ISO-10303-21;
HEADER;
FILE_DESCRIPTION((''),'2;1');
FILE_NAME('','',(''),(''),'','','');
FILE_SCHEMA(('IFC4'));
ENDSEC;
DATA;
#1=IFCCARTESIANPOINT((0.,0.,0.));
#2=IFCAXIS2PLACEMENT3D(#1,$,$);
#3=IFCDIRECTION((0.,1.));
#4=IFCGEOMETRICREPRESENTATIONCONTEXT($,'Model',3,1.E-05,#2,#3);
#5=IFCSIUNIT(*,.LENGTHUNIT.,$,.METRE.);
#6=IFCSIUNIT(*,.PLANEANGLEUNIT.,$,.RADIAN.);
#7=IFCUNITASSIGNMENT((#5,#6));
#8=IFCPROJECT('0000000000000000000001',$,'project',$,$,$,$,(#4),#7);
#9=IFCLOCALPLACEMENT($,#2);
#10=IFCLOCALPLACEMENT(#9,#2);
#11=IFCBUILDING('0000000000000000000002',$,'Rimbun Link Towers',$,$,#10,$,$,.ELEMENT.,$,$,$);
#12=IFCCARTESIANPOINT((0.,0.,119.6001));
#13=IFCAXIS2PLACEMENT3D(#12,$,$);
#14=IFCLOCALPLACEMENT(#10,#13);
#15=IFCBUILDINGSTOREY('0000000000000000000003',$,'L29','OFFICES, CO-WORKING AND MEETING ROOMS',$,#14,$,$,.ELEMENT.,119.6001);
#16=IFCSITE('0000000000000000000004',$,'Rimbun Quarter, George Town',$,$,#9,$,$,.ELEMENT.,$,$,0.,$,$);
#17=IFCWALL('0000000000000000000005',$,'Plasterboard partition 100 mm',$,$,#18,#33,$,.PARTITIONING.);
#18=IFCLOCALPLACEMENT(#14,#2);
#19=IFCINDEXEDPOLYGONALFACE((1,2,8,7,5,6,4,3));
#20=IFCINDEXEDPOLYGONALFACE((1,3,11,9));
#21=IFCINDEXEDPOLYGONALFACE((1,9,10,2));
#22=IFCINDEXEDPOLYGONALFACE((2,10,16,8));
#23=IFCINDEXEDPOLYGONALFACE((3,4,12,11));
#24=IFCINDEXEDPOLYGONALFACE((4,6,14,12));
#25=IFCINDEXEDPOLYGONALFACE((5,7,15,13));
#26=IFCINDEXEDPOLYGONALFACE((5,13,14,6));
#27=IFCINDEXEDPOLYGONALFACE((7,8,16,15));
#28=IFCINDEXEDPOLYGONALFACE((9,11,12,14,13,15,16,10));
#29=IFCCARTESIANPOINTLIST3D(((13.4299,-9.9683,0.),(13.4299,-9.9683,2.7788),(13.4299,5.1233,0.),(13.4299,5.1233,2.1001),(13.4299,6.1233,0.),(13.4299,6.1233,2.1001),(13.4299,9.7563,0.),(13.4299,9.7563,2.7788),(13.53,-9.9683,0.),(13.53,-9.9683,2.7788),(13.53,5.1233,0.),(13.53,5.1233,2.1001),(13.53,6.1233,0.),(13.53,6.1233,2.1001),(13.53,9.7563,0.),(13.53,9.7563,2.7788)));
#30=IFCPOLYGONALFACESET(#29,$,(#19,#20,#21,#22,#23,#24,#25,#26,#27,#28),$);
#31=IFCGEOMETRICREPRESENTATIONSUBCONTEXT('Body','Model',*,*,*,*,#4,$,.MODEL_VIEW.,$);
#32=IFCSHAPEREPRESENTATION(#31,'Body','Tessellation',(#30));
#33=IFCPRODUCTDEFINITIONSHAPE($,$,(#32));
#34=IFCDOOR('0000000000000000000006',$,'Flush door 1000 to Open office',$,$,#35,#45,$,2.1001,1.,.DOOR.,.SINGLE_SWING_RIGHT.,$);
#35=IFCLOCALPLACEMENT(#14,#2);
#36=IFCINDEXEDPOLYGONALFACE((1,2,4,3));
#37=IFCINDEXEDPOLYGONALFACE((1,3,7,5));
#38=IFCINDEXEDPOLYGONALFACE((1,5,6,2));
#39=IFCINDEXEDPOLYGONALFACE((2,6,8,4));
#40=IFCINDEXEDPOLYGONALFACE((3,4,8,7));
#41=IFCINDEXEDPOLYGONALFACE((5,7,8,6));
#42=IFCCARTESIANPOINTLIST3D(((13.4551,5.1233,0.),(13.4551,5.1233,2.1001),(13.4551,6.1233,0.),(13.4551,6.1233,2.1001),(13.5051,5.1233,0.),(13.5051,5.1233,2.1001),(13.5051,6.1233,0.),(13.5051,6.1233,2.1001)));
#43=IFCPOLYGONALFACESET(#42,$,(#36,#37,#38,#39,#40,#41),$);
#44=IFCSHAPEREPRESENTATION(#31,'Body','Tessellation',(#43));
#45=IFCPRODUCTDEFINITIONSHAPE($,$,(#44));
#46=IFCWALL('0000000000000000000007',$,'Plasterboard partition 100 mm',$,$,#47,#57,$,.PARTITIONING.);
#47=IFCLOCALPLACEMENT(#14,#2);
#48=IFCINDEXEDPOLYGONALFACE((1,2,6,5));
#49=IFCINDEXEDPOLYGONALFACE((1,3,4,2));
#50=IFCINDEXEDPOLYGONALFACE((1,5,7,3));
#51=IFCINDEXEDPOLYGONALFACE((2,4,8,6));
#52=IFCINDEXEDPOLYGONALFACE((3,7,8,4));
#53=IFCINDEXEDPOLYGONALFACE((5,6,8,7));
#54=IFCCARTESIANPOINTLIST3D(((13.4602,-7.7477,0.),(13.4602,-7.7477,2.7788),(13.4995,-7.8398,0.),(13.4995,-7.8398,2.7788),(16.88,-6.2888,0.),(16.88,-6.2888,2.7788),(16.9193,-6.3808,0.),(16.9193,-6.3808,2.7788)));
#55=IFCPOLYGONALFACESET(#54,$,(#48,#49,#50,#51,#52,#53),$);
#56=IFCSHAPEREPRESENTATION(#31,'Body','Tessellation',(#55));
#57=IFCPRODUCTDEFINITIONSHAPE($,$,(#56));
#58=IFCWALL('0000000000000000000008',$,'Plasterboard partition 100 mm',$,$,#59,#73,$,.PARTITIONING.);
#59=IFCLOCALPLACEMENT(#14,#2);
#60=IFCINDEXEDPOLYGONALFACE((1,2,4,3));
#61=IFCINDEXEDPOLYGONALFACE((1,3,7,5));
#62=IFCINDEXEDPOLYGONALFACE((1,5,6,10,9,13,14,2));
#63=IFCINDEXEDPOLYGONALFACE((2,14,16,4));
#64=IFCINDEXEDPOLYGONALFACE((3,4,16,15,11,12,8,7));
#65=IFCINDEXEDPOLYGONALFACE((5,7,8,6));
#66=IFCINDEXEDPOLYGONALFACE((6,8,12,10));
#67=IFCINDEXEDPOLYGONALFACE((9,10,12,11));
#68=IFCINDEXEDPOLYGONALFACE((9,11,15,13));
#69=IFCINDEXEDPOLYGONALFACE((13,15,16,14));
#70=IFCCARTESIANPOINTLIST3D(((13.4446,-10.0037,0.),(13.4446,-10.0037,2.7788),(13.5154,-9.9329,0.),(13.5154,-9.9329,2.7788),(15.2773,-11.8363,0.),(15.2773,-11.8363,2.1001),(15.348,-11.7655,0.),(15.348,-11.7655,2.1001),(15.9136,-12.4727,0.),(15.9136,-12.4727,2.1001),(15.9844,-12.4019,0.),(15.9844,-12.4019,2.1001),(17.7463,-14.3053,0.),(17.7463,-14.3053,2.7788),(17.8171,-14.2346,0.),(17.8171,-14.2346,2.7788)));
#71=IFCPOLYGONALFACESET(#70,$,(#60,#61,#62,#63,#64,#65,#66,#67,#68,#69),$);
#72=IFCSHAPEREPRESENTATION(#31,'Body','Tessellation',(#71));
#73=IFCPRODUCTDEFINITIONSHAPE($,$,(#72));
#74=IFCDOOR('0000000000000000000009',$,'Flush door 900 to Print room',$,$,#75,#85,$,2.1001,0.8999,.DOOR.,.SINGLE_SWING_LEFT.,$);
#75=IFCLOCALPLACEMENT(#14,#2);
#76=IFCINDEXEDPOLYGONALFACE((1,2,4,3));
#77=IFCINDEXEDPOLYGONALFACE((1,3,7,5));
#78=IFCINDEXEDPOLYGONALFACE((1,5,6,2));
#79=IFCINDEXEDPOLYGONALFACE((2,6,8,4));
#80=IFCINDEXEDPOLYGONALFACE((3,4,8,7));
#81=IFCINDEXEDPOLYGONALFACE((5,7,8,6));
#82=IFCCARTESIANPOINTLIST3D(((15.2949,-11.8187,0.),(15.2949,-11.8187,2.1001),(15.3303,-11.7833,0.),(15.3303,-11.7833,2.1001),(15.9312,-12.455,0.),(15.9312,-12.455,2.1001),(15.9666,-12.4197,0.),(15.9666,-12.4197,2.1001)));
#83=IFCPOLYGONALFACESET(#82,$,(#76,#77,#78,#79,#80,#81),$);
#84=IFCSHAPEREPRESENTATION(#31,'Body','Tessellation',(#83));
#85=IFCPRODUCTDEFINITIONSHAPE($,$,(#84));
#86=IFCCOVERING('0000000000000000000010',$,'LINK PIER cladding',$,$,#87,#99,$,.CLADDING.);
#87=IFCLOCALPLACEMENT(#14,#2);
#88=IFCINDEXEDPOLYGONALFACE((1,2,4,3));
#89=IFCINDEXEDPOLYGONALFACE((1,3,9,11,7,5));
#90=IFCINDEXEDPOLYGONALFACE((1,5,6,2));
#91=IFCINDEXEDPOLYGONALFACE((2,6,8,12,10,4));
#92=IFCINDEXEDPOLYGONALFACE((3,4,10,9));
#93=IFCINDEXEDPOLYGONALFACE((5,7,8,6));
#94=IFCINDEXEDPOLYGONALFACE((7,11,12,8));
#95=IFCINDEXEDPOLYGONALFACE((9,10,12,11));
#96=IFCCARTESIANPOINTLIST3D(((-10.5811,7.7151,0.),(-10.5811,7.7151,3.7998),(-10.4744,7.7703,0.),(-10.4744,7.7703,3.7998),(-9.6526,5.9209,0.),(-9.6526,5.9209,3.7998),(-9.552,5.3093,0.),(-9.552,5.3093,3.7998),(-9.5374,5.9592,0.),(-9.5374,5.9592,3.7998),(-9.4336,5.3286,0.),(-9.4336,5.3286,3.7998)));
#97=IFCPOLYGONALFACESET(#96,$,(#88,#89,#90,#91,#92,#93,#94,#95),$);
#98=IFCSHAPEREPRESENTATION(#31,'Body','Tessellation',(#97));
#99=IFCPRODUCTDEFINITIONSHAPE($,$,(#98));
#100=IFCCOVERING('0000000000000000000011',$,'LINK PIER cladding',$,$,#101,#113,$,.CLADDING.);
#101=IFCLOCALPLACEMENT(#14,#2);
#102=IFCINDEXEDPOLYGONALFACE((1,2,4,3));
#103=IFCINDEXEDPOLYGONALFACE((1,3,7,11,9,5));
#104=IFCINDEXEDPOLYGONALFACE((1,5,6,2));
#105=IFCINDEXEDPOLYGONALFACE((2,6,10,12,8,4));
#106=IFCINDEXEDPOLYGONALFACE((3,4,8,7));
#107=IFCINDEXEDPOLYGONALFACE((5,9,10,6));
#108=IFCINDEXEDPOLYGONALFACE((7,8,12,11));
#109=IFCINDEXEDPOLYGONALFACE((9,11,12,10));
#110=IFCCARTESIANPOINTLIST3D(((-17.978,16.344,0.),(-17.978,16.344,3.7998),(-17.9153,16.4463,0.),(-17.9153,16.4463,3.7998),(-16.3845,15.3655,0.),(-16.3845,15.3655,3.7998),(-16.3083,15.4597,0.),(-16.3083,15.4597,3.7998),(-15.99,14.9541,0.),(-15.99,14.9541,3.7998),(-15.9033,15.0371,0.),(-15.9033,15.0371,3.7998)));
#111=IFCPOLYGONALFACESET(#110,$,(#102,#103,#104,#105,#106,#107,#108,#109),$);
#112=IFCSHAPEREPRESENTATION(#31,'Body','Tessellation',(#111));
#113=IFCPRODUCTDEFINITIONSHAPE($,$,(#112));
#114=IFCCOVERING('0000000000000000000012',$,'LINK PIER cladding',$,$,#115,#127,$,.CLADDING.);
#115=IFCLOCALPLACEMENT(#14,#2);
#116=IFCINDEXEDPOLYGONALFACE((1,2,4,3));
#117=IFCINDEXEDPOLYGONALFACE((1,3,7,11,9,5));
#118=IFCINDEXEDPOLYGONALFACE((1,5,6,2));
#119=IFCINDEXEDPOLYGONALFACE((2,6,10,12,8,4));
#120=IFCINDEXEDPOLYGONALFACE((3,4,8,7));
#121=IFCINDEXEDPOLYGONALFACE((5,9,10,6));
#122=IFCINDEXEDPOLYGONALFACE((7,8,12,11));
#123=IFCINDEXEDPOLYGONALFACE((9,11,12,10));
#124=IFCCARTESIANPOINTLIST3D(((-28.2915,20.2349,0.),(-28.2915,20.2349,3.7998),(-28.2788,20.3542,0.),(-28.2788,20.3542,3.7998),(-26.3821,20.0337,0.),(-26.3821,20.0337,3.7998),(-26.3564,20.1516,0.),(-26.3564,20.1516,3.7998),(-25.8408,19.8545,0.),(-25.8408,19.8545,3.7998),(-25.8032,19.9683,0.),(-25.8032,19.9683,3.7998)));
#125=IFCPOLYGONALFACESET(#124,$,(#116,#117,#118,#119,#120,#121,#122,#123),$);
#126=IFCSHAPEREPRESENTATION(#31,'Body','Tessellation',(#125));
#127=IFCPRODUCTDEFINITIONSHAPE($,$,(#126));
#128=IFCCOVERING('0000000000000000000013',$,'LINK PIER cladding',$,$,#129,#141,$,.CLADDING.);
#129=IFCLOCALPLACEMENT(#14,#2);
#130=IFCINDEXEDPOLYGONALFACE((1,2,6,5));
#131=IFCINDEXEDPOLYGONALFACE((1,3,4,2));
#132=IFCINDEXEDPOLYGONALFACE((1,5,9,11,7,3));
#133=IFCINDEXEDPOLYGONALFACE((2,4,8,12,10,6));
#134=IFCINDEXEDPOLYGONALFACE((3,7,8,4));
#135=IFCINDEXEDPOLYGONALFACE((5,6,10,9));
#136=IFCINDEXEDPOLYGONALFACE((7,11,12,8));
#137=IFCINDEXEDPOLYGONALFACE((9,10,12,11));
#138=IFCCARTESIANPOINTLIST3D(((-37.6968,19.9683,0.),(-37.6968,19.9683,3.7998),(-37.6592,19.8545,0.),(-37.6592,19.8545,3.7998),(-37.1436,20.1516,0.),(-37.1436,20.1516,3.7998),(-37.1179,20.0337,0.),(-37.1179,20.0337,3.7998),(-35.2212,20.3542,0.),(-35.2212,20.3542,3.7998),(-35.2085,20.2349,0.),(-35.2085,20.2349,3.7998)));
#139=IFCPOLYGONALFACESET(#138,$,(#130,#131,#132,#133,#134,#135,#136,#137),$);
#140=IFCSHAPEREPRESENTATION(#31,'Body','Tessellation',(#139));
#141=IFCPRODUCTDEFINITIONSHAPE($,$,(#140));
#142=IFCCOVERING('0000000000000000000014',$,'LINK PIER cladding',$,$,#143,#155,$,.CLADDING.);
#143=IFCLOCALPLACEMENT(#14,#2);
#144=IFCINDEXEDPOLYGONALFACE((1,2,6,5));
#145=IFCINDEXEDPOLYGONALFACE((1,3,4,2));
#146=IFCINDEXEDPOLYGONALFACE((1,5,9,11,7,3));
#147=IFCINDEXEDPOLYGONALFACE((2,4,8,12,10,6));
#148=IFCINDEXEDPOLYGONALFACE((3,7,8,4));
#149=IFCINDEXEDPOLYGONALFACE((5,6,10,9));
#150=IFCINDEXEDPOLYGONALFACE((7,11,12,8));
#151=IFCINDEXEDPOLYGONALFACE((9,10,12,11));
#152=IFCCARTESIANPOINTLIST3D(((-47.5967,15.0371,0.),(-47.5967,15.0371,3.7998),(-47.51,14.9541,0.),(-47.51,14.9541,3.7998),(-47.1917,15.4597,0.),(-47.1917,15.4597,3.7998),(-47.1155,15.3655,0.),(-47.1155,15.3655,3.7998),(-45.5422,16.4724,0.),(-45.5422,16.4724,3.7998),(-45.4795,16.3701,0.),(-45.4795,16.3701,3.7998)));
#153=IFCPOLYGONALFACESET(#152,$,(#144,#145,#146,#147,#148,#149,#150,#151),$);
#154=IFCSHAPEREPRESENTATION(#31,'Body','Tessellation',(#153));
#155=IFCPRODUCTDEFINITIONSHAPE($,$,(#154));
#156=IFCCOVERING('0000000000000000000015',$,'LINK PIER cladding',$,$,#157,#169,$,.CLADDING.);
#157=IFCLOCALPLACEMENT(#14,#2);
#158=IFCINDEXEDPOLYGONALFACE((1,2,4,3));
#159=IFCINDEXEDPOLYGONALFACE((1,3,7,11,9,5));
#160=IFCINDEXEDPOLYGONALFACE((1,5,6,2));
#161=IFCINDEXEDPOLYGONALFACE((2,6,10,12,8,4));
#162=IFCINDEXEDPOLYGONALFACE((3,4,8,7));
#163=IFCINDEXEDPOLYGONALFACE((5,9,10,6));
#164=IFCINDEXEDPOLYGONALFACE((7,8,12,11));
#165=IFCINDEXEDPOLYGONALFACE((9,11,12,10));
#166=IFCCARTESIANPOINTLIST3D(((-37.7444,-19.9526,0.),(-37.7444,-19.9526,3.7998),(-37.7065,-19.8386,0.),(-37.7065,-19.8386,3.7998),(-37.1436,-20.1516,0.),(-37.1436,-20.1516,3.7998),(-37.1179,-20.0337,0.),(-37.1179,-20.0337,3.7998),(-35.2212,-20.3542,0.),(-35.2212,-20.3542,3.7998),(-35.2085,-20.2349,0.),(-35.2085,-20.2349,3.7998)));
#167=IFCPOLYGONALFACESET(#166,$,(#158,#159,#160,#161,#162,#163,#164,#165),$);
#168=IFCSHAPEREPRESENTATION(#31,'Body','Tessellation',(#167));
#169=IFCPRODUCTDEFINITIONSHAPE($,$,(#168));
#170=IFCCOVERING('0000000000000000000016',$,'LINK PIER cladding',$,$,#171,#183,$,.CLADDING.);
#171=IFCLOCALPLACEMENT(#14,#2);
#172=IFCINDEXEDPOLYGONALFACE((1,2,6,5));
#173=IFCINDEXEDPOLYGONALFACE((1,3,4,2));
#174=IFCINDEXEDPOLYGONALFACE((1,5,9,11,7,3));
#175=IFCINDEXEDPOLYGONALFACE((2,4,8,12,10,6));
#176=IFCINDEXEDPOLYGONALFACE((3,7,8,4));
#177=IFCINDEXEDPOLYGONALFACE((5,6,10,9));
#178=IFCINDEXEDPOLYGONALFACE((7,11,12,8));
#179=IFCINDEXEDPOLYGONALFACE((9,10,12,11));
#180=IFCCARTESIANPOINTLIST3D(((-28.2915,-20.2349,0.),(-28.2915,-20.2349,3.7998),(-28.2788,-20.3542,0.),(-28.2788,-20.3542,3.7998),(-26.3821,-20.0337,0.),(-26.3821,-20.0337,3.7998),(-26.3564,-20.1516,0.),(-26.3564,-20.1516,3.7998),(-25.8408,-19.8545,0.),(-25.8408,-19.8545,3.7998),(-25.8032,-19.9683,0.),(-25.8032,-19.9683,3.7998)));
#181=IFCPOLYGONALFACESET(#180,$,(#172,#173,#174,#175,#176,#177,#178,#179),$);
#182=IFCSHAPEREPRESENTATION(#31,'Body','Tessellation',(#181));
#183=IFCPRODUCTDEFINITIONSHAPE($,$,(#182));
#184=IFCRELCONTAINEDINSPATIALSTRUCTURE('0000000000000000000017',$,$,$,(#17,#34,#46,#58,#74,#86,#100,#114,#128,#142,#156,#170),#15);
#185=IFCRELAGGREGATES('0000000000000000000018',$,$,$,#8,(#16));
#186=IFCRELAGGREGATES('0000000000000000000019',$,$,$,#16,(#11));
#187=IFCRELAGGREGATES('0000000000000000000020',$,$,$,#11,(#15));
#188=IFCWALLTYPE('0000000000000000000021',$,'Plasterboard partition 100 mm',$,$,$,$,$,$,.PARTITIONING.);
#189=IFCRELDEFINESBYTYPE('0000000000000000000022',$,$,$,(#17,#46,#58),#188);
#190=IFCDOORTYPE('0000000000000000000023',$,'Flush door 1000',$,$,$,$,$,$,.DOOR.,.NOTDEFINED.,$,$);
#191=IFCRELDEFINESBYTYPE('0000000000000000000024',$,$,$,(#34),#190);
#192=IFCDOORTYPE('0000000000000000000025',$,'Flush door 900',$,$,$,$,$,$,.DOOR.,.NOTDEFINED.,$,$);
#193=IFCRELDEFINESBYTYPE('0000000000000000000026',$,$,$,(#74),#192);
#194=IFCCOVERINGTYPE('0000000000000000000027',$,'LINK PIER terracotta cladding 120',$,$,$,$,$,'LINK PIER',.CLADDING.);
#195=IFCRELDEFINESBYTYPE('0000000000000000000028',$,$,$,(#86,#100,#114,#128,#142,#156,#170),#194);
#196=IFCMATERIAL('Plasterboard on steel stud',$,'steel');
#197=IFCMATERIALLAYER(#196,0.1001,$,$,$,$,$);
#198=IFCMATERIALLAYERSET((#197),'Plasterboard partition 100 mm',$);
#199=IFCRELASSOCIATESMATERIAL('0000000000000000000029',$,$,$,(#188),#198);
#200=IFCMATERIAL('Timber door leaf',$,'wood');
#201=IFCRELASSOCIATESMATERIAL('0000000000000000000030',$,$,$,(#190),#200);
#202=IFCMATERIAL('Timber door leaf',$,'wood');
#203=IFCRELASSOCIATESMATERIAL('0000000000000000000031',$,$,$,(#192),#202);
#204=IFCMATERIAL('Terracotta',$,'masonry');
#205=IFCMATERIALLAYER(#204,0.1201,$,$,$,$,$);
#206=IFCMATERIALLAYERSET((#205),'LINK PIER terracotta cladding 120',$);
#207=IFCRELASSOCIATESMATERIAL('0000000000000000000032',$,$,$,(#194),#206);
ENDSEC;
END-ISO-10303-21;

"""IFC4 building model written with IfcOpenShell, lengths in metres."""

from ifc_helpers import new_model, si_unit, direction, frame, frame_2d, origin, place, context, subcontext, project, spatial, polyline, rectangle, outline, extrude, material, layer, layer_set, type_object, element, fill, save


model = new_model("IFC4")

# Units and contexts
model_context = context("Model", 3, precision=1e-05, world=origin(), true_north=direction((0.0, 1.0)))
body_context = subcontext(model_context, "Body", "Model", "MODEL_VIEW")
ifc_project = project(units=[si_unit("LENGTHUNIT", "METRE"), si_unit("PLANEANGLEUNIT", "RADIAN")], contexts=[model_context])

# Site, building, storey
site_placement = place(None, origin())
site = spatial("IfcSite", under=ifc_project, at=site_placement, Name="Rimbun Quarter, George Town", CompositionType="ELEMENT", RefElevation=0.0)
building_placement = place(site_placement, origin())
building = spatial("IfcBuilding", under=site, at=building_placement, Name="Rimbun Link Towers", CompositionType="ELEMENT")
storey_placement = place(building_placement, frame((0.0, 0.0, 119.6001)))
storey = spatial("IfcBuildingStorey", under=building, at=storey_placement, Name="L29", Description="OFFICES, CO-WORKING AND MEETING ROOMS", CompositionType="ELEMENT", Elevation=119.6001)

# Wall, opening, door
ifc_material_1 = material(Name="Plasterboard on steel stud", Category="steel")
ifc_layer_1 = layer(ifc_material_1, 0.1001)
ifc_layer_set_1 = layer_set([ifc_layer_1], Name="Plasterboard partition 100 mm")
wall_type = type_object("IfcWallType", Name="Plasterboard partition 100 mm", PredefinedType="PARTITIONING", material=ifc_layer_set_1)
wall_1_placement = place(storey_placement, frame((13.48, -9.9683, 0.0), z_axis=(0.0, 0.0, 1.0), x_axis=(0.0, 1.0, 0.0)))
wall_1 = element("IfcWall", 1, at=wall_1_placement, inside=storey, type_object=wall_type, Name="Plasterboard partition 100 mm", PredefinedType="PARTITIONING", context=body_context, shape_type="SweptSolid", body=[
    extrude(rectangle(XDim=19.7246, YDim=0.1001, at=frame_2d((9.8623, 0.0))), origin(), (0.0, 0.0, 1.0), 2.7788),
])
opening_1_placement = place(wall_1_placement, frame((15.0916, 0.0, 0.0)))
opening_1 = element("IfcOpeningElement", 2, at=opening_1_placement, cuts=wall_1, PredefinedType="OPENING", context=body_context, shape_type="SweptSolid", body=[
    extrude(rectangle(XDim=1.0, YDim=2.1001, at=frame_2d((0.5, 1.05))), frame((0.0, 0.0601, 0.0), z_axis=(0.0, -1.0, 0.0), x_axis=(1.0, 0.0, 0.0)), (0.0, 0.0, 1.0), 0.1201),
])
ifc_material_2 = material(Name="Timber door leaf", Category="wood")
door_type_1 = type_object("IfcDoorType", Name="Flush door 1000", OperationType="NOTDEFINED", PredefinedType="DOOR", material=ifc_material_2)
door_1_placement = place(opening_1_placement, origin())
door_1 = element("IfcDoor", 3, at=door_1_placement, inside=storey, type_object=door_type_1, Name="Flush door 1000 to Open office", OperationType="SINGLE_SWING_RIGHT", OverallHeight=2.1001, OverallWidth=1.0, PredefinedType="DOOR", context=body_context, shape_type="SweptSolid", body=[
    extrude(rectangle(XDim=1.0, YDim=2.1001, at=frame_2d((0.5, 1.05))), frame((0.0, 0.0249, 0.0), z_axis=(0.0, -1.0, 0.0), x_axis=(1.0, 0.0, 0.0)), (0.0, 0.0, 1.0), 0.05),
])
fill(opening_1, door_1)

# Wall
wall_2_placement = place(storey_placement, frame((13.48, -7.7937, 0.0), z_axis=(0.0, 0.0, 1.0), x_axis=(0.919796, 0.392397, 0.0)))
element("IfcWall", 4, at=wall_2_placement, inside=storey, type_object=wall_type, Name="Plasterboard partition 100 mm", PredefinedType="PARTITIONING", context=body_context, shape_type="SweptSolid", body=[
    extrude(rectangle(XDim=3.718, YDim=0.1001, at=frame_2d((1.8589, 0.0))), origin(), (0.0, 0.0, 1.0), 2.7788),
])

# Wall, opening, door
wall_3_placement = place(storey_placement, frame((13.48, -9.9683, 0.0), z_axis=(0.0, 0.0, 1.0), x_axis=(0.707107, -0.707107, 0.0)))
wall_3 = element("IfcWall", 5, at=wall_3_placement, inside=storey, type_object=wall_type, Name="Plasterboard partition 100 mm", PredefinedType="PARTITIONING", context=body_context, shape_type="SweptSolid", body=[
    extrude(rectangle(XDim=6.0835, YDim=0.1001, at=frame_2d((3.0417, 0.0))), origin(), (0.0, 0.0, 1.0), 2.7788),
])
opening_2_placement = place(wall_3_placement, frame((2.5918, 0.0, 0.0)))
opening_2 = element("IfcOpeningElement", 6, at=opening_2_placement, cuts=wall_3, PredefinedType="OPENING", context=body_context, shape_type="SweptSolid", body=[
    extrude(rectangle(XDim=0.8999, YDim=2.1001, at=frame_2d((0.45, 1.05))), frame((0.0, 0.0601, 0.0), z_axis=(0.0, -1.0, 0.0), x_axis=(1.0, 0.0, 0.0)), (0.0, 0.0, 1.0), 0.1201),
])
ifc_material_3 = material(Name="Timber door leaf", Category="wood")
door_type_2 = type_object("IfcDoorType", Name="Flush door 900", OperationType="NOTDEFINED", PredefinedType="DOOR", material=ifc_material_3)
door_2_placement = place(opening_2_placement, origin())
door_2 = element("IfcDoor", 7, at=door_2_placement, inside=storey, type_object=door_type_2, Name="Flush door 900 to Print room", OperationType="SINGLE_SWING_LEFT", OverallHeight=2.1001, OverallWidth=0.8999, PredefinedType="DOOR", context=body_context, shape_type="SweptSolid", body=[
    extrude(rectangle(XDim=0.8999, YDim=2.1001, at=frame_2d((0.45, 1.05))), frame((0.0, 0.0249, 0.0), z_axis=(0.0, -1.0, 0.0), x_axis=(1.0, 0.0, 0.0)), (0.0, 0.0, 1.0), 0.05),
])
fill(opening_2, door_2)

# Coverings
ifc_material_4 = material(Name="Terracotta", Category="masonry")
ifc_layer_2 = layer(ifc_material_4, 0.1201)
ifc_layer_set_2 = layer_set([ifc_layer_2], Name="LINK PIER terracotta cladding 120")
covering_type_1 = type_object("IfcCoveringType", Name="LINK PIER terracotta cladding 120", ElementType="LINK PIER", PredefinedType="CLADDING", material=ifc_layer_set_2)
covering_1_placement = place(storey_placement, origin())
element("IfcCovering", 8, at=covering_1_placement, inside=storey, type_object=covering_type_1, Name="LINK PIER cladding", PredefinedType="CLADDING", context=body_context, shape_type="SweptSolid", body=[
    extrude(outline(polyline([(-10.5811, 7.7151), (-9.6526, 5.9209), (-9.552, 5.3093), (-9.4336, 5.3286), (-9.5374, 5.9592), (-10.4744, 7.7703), (-10.5811, 7.7151)])), origin(), (0.0, 0.0, 1.0), 3.7998),
])
covering_2_placement = place(storey_placement, origin())
element("IfcCovering", 9, at=covering_2_placement, inside=storey, type_object=covering_type_1, Name="LINK PIER cladding", PredefinedType="CLADDING", context=body_context, shape_type="SweptSolid", body=[
    extrude(outline(polyline([(-17.978, 16.344), (-16.3845, 15.3655), (-15.99, 14.9541), (-15.9033, 15.0371), (-16.3083, 15.4597), (-17.9153, 16.4463), (-17.978, 16.344)])), origin(), (0.0, 0.0, 1.0), 3.7998),
])
covering_3_placement = place(storey_placement, origin())
element("IfcCovering", 10, at=covering_3_placement, inside=storey, type_object=covering_type_1, Name="LINK PIER cladding", PredefinedType="CLADDING", context=body_context, shape_type="SweptSolid", body=[
    extrude(outline(polyline([(-28.2915, 20.2349), (-26.3821, 20.0337), (-25.8408, 19.8545), (-25.8032, 19.9683), (-26.3564, 20.1516), (-28.2788, 20.3542), (-28.2915, 20.2349)])), origin(), (0.0, 0.0, 1.0), 3.7998),
])
covering_4_placement = place(storey_placement, origin())
element("IfcCovering", 11, at=covering_4_placement, inside=storey, type_object=covering_type_1, Name="LINK PIER cladding", PredefinedType="CLADDING", context=body_context, shape_type="SweptSolid", body=[
    extrude(outline(polyline([(-37.6592, 19.8545), (-37.1179, 20.0337), (-35.2085, 20.2349), (-35.2212, 20.3542), (-37.1436, 20.1516), (-37.6968, 19.9683), (-37.6592, 19.8545)])), origin(), (0.0, 0.0, 1.0), 3.7998),
])
covering_5_placement = place(storey_placement, origin())
element("IfcCovering", 12, at=covering_5_placement, inside=storey, type_object=covering_type_1, Name="LINK PIER cladding", PredefinedType="CLADDING", context=body_context, shape_type="SweptSolid", body=[
    extrude(outline(polyline([(-47.51, 14.9541), (-47.1155, 15.3655), (-45.4795, 16.3701), (-45.5422, 16.4724), (-47.1917, 15.4597), (-47.5967, 15.0371), (-47.51, 14.9541)])), origin(), (0.0, 0.0, 1.0), 3.7998),
])
covering_6_placement = place(storey_placement, origin())
element("IfcCovering", 13, at=covering_6_placement, inside=storey, type_object=covering_type_1, Name="LINK PIER cladding", PredefinedType="CLADDING", context=body_context, shape_type="SweptSolid", body=[
    extrude(outline(polyline([(-35.2085, -20.2349), (-37.1179, -20.0337), (-37.7065, -19.8386), (-37.7444, -19.9526), (-37.1436, -20.1516), (-35.2212, -20.3542), (-35.2085, -20.2349)])), origin(), (0.0, 0.0, 1.0), 3.7998),
])
covering_7_placement = place(storey_placement, origin())
element("IfcCovering", 14, at=covering_7_placement, inside=storey, type_object=covering_type_1, Name="LINK PIER cladding", PredefinedType="CLADDING", context=body_context, shape_type="SweptSolid", body=[
    extrude(outline(polyline([(-25.8408, -19.8545), (-26.3821, -20.0337), (-28.2915, -20.2349), (-28.2788, -20.3542), (-26.3564, -20.1516), (-25.8032, -19.9683), (-25.8408, -19.8545)])), origin(), (0.0, 0.0, 1.0), 3.7998),
])

save(model, "model.ifc")
